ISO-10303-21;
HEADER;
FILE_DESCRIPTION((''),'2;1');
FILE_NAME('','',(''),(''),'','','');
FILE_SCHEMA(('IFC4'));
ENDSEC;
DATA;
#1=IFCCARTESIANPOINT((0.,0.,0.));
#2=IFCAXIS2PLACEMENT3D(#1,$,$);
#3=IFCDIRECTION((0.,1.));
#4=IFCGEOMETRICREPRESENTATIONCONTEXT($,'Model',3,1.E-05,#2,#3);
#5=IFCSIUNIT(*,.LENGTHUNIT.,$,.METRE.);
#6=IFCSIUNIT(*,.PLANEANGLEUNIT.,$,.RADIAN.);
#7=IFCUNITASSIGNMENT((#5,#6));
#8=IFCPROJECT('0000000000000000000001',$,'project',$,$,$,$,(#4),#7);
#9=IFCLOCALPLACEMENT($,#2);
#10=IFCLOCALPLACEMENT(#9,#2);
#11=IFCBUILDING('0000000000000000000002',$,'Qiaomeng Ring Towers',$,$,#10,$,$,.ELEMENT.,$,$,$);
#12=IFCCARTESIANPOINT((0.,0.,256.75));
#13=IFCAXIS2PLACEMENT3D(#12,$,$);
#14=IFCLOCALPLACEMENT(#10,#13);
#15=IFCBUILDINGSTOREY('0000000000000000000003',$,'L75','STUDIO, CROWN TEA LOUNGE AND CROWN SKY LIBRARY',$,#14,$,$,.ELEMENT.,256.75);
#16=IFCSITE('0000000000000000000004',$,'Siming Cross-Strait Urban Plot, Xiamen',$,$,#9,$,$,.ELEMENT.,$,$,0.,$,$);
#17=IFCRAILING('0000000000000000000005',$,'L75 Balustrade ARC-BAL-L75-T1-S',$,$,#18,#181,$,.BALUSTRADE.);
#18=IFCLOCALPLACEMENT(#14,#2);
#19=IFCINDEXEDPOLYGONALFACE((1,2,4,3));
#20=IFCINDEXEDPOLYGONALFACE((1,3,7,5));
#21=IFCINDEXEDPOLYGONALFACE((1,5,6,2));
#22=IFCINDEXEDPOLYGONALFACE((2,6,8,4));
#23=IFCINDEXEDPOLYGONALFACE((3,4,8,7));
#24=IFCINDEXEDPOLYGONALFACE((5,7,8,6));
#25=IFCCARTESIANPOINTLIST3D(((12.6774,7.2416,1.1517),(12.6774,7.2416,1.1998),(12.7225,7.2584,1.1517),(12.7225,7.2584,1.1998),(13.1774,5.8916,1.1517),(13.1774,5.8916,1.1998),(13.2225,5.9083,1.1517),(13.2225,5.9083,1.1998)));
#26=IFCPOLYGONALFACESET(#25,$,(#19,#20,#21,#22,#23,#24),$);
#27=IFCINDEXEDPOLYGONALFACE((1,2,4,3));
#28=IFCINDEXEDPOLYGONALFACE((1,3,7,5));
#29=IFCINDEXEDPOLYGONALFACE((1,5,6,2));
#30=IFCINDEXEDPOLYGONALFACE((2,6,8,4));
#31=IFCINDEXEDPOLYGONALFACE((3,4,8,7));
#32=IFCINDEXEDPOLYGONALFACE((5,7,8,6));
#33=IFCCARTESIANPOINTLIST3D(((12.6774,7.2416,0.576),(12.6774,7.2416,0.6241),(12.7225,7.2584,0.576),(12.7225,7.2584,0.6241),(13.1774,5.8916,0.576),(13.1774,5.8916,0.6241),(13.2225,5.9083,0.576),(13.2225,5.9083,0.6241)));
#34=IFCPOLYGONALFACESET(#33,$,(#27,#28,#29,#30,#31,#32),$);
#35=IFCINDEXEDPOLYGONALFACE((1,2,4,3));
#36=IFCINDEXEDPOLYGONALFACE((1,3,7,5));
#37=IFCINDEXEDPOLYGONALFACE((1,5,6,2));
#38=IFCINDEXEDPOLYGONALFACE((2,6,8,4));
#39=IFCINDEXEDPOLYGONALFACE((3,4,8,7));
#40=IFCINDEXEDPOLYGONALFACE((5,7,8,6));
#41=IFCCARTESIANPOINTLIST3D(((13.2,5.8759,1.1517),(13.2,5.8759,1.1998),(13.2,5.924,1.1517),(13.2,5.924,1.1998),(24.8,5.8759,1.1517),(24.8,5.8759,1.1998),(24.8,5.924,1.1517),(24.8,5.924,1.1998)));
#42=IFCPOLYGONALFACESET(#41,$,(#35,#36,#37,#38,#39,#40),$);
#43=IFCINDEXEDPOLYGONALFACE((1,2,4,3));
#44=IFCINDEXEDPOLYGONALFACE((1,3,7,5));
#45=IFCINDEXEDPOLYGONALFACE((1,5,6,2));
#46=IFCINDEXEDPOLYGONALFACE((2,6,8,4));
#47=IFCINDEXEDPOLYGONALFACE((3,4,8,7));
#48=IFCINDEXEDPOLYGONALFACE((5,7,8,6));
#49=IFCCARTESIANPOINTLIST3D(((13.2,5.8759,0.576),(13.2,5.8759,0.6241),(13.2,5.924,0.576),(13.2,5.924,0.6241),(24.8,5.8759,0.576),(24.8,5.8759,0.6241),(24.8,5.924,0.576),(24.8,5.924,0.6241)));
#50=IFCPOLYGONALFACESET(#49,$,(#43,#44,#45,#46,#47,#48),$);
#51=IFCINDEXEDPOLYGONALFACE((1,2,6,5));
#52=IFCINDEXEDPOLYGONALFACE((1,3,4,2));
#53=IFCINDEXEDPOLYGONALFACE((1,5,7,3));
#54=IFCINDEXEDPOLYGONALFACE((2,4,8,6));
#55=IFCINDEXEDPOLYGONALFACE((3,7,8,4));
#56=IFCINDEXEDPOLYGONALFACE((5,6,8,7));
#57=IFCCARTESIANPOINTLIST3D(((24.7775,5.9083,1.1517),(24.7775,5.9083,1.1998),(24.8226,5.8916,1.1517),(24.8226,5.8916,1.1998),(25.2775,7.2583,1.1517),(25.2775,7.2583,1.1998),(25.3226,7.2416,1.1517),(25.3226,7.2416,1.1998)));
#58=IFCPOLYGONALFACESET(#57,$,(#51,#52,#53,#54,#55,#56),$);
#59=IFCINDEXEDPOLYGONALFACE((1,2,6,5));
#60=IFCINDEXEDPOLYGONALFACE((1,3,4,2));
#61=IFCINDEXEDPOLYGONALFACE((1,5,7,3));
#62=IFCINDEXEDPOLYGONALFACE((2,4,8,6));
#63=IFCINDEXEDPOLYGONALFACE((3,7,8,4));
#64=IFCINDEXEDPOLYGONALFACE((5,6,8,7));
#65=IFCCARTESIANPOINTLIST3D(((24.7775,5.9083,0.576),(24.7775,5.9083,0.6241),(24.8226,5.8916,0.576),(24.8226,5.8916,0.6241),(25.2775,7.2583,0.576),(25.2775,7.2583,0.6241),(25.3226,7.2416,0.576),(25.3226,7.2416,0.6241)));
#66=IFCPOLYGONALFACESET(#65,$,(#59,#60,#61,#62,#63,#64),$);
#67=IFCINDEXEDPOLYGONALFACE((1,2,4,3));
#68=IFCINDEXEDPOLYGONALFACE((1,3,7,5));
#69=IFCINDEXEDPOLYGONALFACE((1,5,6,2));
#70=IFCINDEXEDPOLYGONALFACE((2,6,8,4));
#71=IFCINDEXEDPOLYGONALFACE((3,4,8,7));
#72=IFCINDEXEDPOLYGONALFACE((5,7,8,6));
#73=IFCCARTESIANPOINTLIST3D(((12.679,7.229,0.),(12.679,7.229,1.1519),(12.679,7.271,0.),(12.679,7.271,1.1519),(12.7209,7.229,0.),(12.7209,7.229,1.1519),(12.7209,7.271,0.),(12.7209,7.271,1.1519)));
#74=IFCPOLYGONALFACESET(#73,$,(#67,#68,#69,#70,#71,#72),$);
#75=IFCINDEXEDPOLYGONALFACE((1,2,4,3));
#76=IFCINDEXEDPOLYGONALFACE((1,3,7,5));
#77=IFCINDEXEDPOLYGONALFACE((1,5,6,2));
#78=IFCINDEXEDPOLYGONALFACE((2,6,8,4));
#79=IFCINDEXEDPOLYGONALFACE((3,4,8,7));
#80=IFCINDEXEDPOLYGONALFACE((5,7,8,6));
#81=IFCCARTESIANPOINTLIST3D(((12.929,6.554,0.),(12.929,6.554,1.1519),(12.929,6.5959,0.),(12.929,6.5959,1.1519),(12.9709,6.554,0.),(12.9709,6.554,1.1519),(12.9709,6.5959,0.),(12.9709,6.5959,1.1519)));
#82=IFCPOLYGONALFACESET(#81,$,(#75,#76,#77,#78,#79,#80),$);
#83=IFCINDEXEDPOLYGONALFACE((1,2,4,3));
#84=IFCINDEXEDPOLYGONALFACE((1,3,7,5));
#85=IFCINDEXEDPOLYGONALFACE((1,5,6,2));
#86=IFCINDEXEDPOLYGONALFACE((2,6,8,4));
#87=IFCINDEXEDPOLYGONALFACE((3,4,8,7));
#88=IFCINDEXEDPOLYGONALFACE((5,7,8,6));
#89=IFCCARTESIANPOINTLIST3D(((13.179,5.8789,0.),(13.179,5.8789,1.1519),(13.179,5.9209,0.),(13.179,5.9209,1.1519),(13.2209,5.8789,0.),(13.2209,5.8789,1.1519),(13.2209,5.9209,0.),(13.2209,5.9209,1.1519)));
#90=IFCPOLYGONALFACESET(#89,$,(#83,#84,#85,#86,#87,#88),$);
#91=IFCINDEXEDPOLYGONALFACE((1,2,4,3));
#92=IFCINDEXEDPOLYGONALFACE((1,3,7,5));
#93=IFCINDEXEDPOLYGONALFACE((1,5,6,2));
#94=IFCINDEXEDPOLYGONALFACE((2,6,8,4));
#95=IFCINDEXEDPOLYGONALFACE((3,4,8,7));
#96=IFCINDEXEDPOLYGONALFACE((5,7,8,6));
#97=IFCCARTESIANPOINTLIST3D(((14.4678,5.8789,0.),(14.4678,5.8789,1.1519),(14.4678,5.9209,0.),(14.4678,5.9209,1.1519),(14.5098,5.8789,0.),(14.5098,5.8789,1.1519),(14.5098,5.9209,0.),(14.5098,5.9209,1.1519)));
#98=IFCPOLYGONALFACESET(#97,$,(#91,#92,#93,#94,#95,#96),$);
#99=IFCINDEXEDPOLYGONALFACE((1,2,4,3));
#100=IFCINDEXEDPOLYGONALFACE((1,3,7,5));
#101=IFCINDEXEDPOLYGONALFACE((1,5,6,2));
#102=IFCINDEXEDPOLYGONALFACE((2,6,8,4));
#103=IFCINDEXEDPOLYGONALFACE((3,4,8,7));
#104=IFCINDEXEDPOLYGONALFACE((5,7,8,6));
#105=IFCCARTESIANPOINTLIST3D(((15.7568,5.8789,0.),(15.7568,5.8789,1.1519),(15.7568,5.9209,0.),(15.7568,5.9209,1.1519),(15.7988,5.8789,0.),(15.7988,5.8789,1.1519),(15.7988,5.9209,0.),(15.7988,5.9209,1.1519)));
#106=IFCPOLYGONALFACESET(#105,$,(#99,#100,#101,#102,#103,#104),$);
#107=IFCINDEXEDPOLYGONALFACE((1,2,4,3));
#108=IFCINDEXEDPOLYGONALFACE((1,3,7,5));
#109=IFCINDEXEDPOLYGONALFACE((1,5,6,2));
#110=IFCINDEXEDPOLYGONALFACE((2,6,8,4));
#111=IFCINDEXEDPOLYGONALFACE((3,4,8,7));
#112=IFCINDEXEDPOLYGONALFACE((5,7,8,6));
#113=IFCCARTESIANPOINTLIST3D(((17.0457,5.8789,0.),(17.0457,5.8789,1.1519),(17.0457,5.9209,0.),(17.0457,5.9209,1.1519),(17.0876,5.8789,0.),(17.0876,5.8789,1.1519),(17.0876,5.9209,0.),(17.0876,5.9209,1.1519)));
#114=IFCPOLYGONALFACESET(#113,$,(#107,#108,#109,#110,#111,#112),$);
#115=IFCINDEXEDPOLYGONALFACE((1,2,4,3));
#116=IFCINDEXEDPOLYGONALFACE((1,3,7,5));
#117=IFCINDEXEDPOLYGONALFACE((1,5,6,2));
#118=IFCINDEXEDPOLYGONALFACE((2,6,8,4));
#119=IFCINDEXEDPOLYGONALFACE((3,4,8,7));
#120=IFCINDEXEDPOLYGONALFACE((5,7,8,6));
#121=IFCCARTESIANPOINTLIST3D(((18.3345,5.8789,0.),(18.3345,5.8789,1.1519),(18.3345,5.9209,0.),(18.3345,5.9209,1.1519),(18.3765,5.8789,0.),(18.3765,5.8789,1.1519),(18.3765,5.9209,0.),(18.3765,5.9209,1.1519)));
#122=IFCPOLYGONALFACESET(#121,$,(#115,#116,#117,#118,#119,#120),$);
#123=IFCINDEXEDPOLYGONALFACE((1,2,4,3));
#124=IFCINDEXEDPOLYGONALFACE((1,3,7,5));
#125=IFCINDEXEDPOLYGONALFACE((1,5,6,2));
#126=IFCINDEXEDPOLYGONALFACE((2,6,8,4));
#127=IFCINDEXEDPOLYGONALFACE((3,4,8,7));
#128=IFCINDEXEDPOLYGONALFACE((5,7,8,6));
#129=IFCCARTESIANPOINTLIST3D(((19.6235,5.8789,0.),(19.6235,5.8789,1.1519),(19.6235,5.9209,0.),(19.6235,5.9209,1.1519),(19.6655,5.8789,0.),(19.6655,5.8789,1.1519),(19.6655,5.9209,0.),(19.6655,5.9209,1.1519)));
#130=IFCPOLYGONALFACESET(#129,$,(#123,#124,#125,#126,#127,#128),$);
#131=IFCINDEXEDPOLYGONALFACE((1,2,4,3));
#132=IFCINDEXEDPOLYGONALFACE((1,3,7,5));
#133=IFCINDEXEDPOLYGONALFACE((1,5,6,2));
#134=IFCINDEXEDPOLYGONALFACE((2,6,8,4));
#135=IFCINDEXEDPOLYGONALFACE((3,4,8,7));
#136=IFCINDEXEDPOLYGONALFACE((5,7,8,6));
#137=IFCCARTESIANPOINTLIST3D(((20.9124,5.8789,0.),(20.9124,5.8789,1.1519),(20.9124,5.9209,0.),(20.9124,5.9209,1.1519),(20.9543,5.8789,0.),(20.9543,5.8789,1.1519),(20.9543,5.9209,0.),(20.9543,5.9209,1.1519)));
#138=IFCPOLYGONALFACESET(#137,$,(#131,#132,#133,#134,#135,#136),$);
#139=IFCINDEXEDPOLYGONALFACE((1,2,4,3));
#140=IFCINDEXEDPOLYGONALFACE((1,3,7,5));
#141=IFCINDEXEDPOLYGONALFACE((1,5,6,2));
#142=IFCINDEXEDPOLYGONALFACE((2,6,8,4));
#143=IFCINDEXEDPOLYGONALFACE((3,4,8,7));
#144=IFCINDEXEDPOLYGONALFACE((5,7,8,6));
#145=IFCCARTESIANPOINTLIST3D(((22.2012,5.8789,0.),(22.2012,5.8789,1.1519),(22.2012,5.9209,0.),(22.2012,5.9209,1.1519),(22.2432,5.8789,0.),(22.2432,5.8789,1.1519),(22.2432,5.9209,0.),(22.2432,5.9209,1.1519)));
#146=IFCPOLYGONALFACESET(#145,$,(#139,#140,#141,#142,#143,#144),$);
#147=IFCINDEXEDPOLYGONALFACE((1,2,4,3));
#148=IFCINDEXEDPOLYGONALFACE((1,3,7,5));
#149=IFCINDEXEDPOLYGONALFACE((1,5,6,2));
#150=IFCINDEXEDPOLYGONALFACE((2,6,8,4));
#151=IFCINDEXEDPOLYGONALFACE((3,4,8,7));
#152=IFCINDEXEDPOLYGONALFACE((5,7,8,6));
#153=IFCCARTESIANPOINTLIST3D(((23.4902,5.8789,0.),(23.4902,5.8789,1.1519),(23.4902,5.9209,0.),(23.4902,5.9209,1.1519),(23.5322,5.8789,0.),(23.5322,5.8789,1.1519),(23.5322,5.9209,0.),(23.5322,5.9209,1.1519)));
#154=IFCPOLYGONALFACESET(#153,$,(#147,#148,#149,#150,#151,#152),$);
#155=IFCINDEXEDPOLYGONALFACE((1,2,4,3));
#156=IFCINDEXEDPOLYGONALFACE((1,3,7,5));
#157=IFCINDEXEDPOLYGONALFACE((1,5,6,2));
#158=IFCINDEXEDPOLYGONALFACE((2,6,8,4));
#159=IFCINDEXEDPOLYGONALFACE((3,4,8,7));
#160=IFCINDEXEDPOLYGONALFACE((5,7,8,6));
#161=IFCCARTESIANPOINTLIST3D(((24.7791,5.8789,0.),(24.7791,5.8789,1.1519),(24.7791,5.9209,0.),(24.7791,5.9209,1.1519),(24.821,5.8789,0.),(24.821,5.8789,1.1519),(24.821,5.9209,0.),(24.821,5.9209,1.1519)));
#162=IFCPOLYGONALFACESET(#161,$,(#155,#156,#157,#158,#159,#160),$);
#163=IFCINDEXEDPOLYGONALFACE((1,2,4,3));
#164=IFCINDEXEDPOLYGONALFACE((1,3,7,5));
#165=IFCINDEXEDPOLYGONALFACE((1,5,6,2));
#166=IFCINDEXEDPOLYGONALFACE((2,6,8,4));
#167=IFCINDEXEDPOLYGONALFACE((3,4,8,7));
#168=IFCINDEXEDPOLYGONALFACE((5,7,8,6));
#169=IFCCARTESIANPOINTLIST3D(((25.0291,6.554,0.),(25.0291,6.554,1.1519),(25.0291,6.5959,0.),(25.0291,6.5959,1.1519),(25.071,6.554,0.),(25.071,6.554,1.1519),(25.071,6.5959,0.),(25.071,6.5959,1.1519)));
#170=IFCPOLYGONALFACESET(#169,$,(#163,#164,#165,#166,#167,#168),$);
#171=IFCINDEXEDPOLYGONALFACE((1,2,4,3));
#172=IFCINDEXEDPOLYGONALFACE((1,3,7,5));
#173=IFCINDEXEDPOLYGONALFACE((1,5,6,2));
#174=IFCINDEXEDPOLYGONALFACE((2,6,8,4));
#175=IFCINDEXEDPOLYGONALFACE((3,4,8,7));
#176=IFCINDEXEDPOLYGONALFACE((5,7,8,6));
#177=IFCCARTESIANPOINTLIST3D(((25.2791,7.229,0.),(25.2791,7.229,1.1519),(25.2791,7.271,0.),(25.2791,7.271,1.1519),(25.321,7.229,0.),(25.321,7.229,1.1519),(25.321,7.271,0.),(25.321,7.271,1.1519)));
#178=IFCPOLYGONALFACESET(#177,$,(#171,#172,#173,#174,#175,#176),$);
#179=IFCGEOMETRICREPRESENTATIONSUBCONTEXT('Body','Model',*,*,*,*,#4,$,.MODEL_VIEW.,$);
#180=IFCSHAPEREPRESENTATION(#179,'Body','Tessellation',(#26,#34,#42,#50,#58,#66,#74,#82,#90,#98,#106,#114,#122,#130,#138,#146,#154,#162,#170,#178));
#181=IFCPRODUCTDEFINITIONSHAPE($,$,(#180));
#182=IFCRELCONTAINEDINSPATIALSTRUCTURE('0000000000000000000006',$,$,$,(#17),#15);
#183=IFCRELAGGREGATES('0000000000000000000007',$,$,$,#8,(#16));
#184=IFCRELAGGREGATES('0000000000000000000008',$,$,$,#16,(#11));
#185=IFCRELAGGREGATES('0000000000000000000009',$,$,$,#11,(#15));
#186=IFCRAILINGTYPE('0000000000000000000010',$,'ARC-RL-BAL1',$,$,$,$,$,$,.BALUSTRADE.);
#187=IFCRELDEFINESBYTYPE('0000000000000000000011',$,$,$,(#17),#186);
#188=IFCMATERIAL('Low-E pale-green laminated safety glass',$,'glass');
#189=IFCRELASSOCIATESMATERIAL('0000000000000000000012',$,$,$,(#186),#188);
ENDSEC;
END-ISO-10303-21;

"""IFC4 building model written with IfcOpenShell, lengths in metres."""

from ifc_helpers import new_model, si_unit, direction, frame, origin, origin_2d, place, context, subcontext, project, spatial, rectangle, extrude, material, type_object, element, save


model = new_model("IFC4")

# Units and contexts
model_context = context("Model", 3, precision=1e-05, world=origin(), true_north=direction((0.0, 1.0)))
body_context = subcontext(model_context, "Body", "Model", "MODEL_VIEW")
ifc_project = project(units=[si_unit("LENGTHUNIT", "METRE"), si_unit("PLANEANGLEUNIT", "RADIAN")], contexts=[model_context])

# Site, building, storey
site_placement = place(None, origin())
site = spatial("IfcSite", under=ifc_project, at=site_placement, Name="Siming Cross-Strait Urban Plot, Xiamen", CompositionType="ELEMENT", RefElevation=0.0)
building_placement = place(site_placement, origin())
building = spatial("IfcBuilding", under=site, at=building_placement, Name="Qiaomeng Ring Towers", CompositionType="ELEMENT")
storey_placement = place(building_placement, frame((0.0, 0.0, 256.75)))
storey = spatial("IfcBuildingStorey", under=building, at=storey_placement, Name="L75", Description="STUDIO, CROWN TEA LOUNGE AND CROWN SKY LIBRARY", CompositionType="ELEMENT", Elevation=256.75)

# Railing
ifc_material_1 = material(Name="Low-E pale-green laminated safety glass", Category="glass")
railing_type = type_object("IfcRailingType", Name="ARC-RL-BAL1", PredefinedType="BALUSTRADE", material=ifc_material_1)
railing_placement = place(storey_placement, frame((12.7, 7.25, 0.0)))
element("IfcRailing", 1, at=railing_placement, inside=storey, type_object=railing_type, Name="L75 Balustrade ARC-BAL-L75-T1-S", PredefinedType="BALUSTRADE", context=body_context, shape_type="SweptSolid", body=[
    extrude(rectangle(XDim=0.0481, YDim=0.0481, at=origin_2d()), frame((0.0, 0.0, 1.1758), z_axis=(0.347292, -0.937757, 0.0), x_axis=(0.937757, 0.347292, 0.0)), (0.0, 0.0, 1.0), 1.4397),
    extrude(rectangle(XDim=0.0481, YDim=0.0481, at=origin_2d()), frame((0.0, 0.0, 0.6001), z_axis=(0.347292, -0.937757, 0.0), x_axis=(0.937757, 0.347292, 0.0)), (0.0, 0.0, 1.0), 1.4397),
    extrude(rectangle(XDim=0.0481, YDim=0.0481, at=origin_2d()), frame((0.5, -1.3501, 1.1758), z_axis=(1.0, 0.0, 0.0), x_axis=(0.0, 1.0, 0.0)), (0.0, 0.0, 1.0), 11.6001),
    extrude(rectangle(XDim=0.0481, YDim=0.0481, at=origin_2d()), frame((0.5, -1.3501, 0.6001), z_axis=(1.0, 0.0, 0.0), x_axis=(0.0, 1.0, 0.0)), (0.0, 0.0, 1.0), 11.6001),
    extrude(rectangle(XDim=0.0481, YDim=0.0481, at=origin_2d()), frame((12.1001, -1.3501, 1.1758), z_axis=(0.347292, 0.937757, 0.0), x_axis=(-0.937757, 0.347292, 0.0)), (0.0, 0.0, 1.0), 1.4397),
    extrude(rectangle(XDim=0.0481, YDim=0.0481, at=origin_2d()), frame((12.1001, -1.3501, 0.6001), z_axis=(0.347292, 0.937757, 0.0), x_axis=(-0.937757, 0.347292, 0.0)), (0.0, 0.0, 1.0), 1.4397),
    extrude(rectangle(XDim=0.042, YDim=0.042, at=origin_2d()), origin(), (0.0, 0.0, 1.0), 1.1519),
    extrude(rectangle(XDim=0.042, YDim=0.042, at=origin_2d()), frame((0.25, -0.675, 0.0)), (0.0, 0.0, 1.0), 1.1519),
    extrude(rectangle(XDim=0.042, YDim=0.042, at=origin_2d()), frame((0.5, -1.3501, 0.0)), (0.0, 0.0, 1.0), 1.1519),
    extrude(rectangle(XDim=0.042, YDim=0.042, at=origin_2d()), frame((1.7888, -1.3501, 0.0)), (0.0, 0.0, 1.0), 1.1519),
    extrude(rectangle(XDim=0.042, YDim=0.042, at=origin_2d()), frame((3.0779, -1.3501, 0.0)), (0.0, 0.0, 1.0), 1.1519),
    extrude(rectangle(XDim=0.042, YDim=0.042, at=origin_2d()), frame((4.3667, -1.3501, 0.0)), (0.0, 0.0, 1.0), 1.1519),
    extrude(rectangle(XDim=0.042, YDim=0.042, at=origin_2d()), frame((5.6555, -1.3501, 0.0)), (0.0, 0.0, 1.0), 1.1519),
    extrude(rectangle(XDim=0.042, YDim=0.042, at=origin_2d()), frame((6.9446, -1.3501, 0.0)), (0.0, 0.0, 1.0), 1.1519),
    extrude(rectangle(XDim=0.042, YDim=0.042, at=origin_2d()), frame((8.2334, -1.3501, 0.0)), (0.0, 0.0, 1.0), 1.1519),
    extrude(rectangle(XDim=0.042, YDim=0.042, at=origin_2d()), frame((9.5222, -1.3501, 0.0)), (0.0, 0.0, 1.0), 1.1519),
    extrude(rectangle(XDim=0.042, YDim=0.042, at=origin_2d()), frame((10.8113, -1.3501, 0.0)), (0.0, 0.0, 1.0), 1.1519),
    extrude(rectangle(XDim=0.042, YDim=0.042, at=origin_2d()), frame((12.1001, -1.3501, 0.0)), (0.0, 0.0, 1.0), 1.1519),
    extrude(rectangle(XDim=0.042, YDim=0.042, at=origin_2d()), frame((12.3501, -0.675, 0.0)), (0.0, 0.0, 1.0), 1.1519),
    extrude(rectangle(XDim=0.042, YDim=0.042, at=origin_2d()), frame((12.6001, 0.0, 0.0)), (0.0, 0.0, 1.0), 1.1519),
])

save(model, "model.ifc")
